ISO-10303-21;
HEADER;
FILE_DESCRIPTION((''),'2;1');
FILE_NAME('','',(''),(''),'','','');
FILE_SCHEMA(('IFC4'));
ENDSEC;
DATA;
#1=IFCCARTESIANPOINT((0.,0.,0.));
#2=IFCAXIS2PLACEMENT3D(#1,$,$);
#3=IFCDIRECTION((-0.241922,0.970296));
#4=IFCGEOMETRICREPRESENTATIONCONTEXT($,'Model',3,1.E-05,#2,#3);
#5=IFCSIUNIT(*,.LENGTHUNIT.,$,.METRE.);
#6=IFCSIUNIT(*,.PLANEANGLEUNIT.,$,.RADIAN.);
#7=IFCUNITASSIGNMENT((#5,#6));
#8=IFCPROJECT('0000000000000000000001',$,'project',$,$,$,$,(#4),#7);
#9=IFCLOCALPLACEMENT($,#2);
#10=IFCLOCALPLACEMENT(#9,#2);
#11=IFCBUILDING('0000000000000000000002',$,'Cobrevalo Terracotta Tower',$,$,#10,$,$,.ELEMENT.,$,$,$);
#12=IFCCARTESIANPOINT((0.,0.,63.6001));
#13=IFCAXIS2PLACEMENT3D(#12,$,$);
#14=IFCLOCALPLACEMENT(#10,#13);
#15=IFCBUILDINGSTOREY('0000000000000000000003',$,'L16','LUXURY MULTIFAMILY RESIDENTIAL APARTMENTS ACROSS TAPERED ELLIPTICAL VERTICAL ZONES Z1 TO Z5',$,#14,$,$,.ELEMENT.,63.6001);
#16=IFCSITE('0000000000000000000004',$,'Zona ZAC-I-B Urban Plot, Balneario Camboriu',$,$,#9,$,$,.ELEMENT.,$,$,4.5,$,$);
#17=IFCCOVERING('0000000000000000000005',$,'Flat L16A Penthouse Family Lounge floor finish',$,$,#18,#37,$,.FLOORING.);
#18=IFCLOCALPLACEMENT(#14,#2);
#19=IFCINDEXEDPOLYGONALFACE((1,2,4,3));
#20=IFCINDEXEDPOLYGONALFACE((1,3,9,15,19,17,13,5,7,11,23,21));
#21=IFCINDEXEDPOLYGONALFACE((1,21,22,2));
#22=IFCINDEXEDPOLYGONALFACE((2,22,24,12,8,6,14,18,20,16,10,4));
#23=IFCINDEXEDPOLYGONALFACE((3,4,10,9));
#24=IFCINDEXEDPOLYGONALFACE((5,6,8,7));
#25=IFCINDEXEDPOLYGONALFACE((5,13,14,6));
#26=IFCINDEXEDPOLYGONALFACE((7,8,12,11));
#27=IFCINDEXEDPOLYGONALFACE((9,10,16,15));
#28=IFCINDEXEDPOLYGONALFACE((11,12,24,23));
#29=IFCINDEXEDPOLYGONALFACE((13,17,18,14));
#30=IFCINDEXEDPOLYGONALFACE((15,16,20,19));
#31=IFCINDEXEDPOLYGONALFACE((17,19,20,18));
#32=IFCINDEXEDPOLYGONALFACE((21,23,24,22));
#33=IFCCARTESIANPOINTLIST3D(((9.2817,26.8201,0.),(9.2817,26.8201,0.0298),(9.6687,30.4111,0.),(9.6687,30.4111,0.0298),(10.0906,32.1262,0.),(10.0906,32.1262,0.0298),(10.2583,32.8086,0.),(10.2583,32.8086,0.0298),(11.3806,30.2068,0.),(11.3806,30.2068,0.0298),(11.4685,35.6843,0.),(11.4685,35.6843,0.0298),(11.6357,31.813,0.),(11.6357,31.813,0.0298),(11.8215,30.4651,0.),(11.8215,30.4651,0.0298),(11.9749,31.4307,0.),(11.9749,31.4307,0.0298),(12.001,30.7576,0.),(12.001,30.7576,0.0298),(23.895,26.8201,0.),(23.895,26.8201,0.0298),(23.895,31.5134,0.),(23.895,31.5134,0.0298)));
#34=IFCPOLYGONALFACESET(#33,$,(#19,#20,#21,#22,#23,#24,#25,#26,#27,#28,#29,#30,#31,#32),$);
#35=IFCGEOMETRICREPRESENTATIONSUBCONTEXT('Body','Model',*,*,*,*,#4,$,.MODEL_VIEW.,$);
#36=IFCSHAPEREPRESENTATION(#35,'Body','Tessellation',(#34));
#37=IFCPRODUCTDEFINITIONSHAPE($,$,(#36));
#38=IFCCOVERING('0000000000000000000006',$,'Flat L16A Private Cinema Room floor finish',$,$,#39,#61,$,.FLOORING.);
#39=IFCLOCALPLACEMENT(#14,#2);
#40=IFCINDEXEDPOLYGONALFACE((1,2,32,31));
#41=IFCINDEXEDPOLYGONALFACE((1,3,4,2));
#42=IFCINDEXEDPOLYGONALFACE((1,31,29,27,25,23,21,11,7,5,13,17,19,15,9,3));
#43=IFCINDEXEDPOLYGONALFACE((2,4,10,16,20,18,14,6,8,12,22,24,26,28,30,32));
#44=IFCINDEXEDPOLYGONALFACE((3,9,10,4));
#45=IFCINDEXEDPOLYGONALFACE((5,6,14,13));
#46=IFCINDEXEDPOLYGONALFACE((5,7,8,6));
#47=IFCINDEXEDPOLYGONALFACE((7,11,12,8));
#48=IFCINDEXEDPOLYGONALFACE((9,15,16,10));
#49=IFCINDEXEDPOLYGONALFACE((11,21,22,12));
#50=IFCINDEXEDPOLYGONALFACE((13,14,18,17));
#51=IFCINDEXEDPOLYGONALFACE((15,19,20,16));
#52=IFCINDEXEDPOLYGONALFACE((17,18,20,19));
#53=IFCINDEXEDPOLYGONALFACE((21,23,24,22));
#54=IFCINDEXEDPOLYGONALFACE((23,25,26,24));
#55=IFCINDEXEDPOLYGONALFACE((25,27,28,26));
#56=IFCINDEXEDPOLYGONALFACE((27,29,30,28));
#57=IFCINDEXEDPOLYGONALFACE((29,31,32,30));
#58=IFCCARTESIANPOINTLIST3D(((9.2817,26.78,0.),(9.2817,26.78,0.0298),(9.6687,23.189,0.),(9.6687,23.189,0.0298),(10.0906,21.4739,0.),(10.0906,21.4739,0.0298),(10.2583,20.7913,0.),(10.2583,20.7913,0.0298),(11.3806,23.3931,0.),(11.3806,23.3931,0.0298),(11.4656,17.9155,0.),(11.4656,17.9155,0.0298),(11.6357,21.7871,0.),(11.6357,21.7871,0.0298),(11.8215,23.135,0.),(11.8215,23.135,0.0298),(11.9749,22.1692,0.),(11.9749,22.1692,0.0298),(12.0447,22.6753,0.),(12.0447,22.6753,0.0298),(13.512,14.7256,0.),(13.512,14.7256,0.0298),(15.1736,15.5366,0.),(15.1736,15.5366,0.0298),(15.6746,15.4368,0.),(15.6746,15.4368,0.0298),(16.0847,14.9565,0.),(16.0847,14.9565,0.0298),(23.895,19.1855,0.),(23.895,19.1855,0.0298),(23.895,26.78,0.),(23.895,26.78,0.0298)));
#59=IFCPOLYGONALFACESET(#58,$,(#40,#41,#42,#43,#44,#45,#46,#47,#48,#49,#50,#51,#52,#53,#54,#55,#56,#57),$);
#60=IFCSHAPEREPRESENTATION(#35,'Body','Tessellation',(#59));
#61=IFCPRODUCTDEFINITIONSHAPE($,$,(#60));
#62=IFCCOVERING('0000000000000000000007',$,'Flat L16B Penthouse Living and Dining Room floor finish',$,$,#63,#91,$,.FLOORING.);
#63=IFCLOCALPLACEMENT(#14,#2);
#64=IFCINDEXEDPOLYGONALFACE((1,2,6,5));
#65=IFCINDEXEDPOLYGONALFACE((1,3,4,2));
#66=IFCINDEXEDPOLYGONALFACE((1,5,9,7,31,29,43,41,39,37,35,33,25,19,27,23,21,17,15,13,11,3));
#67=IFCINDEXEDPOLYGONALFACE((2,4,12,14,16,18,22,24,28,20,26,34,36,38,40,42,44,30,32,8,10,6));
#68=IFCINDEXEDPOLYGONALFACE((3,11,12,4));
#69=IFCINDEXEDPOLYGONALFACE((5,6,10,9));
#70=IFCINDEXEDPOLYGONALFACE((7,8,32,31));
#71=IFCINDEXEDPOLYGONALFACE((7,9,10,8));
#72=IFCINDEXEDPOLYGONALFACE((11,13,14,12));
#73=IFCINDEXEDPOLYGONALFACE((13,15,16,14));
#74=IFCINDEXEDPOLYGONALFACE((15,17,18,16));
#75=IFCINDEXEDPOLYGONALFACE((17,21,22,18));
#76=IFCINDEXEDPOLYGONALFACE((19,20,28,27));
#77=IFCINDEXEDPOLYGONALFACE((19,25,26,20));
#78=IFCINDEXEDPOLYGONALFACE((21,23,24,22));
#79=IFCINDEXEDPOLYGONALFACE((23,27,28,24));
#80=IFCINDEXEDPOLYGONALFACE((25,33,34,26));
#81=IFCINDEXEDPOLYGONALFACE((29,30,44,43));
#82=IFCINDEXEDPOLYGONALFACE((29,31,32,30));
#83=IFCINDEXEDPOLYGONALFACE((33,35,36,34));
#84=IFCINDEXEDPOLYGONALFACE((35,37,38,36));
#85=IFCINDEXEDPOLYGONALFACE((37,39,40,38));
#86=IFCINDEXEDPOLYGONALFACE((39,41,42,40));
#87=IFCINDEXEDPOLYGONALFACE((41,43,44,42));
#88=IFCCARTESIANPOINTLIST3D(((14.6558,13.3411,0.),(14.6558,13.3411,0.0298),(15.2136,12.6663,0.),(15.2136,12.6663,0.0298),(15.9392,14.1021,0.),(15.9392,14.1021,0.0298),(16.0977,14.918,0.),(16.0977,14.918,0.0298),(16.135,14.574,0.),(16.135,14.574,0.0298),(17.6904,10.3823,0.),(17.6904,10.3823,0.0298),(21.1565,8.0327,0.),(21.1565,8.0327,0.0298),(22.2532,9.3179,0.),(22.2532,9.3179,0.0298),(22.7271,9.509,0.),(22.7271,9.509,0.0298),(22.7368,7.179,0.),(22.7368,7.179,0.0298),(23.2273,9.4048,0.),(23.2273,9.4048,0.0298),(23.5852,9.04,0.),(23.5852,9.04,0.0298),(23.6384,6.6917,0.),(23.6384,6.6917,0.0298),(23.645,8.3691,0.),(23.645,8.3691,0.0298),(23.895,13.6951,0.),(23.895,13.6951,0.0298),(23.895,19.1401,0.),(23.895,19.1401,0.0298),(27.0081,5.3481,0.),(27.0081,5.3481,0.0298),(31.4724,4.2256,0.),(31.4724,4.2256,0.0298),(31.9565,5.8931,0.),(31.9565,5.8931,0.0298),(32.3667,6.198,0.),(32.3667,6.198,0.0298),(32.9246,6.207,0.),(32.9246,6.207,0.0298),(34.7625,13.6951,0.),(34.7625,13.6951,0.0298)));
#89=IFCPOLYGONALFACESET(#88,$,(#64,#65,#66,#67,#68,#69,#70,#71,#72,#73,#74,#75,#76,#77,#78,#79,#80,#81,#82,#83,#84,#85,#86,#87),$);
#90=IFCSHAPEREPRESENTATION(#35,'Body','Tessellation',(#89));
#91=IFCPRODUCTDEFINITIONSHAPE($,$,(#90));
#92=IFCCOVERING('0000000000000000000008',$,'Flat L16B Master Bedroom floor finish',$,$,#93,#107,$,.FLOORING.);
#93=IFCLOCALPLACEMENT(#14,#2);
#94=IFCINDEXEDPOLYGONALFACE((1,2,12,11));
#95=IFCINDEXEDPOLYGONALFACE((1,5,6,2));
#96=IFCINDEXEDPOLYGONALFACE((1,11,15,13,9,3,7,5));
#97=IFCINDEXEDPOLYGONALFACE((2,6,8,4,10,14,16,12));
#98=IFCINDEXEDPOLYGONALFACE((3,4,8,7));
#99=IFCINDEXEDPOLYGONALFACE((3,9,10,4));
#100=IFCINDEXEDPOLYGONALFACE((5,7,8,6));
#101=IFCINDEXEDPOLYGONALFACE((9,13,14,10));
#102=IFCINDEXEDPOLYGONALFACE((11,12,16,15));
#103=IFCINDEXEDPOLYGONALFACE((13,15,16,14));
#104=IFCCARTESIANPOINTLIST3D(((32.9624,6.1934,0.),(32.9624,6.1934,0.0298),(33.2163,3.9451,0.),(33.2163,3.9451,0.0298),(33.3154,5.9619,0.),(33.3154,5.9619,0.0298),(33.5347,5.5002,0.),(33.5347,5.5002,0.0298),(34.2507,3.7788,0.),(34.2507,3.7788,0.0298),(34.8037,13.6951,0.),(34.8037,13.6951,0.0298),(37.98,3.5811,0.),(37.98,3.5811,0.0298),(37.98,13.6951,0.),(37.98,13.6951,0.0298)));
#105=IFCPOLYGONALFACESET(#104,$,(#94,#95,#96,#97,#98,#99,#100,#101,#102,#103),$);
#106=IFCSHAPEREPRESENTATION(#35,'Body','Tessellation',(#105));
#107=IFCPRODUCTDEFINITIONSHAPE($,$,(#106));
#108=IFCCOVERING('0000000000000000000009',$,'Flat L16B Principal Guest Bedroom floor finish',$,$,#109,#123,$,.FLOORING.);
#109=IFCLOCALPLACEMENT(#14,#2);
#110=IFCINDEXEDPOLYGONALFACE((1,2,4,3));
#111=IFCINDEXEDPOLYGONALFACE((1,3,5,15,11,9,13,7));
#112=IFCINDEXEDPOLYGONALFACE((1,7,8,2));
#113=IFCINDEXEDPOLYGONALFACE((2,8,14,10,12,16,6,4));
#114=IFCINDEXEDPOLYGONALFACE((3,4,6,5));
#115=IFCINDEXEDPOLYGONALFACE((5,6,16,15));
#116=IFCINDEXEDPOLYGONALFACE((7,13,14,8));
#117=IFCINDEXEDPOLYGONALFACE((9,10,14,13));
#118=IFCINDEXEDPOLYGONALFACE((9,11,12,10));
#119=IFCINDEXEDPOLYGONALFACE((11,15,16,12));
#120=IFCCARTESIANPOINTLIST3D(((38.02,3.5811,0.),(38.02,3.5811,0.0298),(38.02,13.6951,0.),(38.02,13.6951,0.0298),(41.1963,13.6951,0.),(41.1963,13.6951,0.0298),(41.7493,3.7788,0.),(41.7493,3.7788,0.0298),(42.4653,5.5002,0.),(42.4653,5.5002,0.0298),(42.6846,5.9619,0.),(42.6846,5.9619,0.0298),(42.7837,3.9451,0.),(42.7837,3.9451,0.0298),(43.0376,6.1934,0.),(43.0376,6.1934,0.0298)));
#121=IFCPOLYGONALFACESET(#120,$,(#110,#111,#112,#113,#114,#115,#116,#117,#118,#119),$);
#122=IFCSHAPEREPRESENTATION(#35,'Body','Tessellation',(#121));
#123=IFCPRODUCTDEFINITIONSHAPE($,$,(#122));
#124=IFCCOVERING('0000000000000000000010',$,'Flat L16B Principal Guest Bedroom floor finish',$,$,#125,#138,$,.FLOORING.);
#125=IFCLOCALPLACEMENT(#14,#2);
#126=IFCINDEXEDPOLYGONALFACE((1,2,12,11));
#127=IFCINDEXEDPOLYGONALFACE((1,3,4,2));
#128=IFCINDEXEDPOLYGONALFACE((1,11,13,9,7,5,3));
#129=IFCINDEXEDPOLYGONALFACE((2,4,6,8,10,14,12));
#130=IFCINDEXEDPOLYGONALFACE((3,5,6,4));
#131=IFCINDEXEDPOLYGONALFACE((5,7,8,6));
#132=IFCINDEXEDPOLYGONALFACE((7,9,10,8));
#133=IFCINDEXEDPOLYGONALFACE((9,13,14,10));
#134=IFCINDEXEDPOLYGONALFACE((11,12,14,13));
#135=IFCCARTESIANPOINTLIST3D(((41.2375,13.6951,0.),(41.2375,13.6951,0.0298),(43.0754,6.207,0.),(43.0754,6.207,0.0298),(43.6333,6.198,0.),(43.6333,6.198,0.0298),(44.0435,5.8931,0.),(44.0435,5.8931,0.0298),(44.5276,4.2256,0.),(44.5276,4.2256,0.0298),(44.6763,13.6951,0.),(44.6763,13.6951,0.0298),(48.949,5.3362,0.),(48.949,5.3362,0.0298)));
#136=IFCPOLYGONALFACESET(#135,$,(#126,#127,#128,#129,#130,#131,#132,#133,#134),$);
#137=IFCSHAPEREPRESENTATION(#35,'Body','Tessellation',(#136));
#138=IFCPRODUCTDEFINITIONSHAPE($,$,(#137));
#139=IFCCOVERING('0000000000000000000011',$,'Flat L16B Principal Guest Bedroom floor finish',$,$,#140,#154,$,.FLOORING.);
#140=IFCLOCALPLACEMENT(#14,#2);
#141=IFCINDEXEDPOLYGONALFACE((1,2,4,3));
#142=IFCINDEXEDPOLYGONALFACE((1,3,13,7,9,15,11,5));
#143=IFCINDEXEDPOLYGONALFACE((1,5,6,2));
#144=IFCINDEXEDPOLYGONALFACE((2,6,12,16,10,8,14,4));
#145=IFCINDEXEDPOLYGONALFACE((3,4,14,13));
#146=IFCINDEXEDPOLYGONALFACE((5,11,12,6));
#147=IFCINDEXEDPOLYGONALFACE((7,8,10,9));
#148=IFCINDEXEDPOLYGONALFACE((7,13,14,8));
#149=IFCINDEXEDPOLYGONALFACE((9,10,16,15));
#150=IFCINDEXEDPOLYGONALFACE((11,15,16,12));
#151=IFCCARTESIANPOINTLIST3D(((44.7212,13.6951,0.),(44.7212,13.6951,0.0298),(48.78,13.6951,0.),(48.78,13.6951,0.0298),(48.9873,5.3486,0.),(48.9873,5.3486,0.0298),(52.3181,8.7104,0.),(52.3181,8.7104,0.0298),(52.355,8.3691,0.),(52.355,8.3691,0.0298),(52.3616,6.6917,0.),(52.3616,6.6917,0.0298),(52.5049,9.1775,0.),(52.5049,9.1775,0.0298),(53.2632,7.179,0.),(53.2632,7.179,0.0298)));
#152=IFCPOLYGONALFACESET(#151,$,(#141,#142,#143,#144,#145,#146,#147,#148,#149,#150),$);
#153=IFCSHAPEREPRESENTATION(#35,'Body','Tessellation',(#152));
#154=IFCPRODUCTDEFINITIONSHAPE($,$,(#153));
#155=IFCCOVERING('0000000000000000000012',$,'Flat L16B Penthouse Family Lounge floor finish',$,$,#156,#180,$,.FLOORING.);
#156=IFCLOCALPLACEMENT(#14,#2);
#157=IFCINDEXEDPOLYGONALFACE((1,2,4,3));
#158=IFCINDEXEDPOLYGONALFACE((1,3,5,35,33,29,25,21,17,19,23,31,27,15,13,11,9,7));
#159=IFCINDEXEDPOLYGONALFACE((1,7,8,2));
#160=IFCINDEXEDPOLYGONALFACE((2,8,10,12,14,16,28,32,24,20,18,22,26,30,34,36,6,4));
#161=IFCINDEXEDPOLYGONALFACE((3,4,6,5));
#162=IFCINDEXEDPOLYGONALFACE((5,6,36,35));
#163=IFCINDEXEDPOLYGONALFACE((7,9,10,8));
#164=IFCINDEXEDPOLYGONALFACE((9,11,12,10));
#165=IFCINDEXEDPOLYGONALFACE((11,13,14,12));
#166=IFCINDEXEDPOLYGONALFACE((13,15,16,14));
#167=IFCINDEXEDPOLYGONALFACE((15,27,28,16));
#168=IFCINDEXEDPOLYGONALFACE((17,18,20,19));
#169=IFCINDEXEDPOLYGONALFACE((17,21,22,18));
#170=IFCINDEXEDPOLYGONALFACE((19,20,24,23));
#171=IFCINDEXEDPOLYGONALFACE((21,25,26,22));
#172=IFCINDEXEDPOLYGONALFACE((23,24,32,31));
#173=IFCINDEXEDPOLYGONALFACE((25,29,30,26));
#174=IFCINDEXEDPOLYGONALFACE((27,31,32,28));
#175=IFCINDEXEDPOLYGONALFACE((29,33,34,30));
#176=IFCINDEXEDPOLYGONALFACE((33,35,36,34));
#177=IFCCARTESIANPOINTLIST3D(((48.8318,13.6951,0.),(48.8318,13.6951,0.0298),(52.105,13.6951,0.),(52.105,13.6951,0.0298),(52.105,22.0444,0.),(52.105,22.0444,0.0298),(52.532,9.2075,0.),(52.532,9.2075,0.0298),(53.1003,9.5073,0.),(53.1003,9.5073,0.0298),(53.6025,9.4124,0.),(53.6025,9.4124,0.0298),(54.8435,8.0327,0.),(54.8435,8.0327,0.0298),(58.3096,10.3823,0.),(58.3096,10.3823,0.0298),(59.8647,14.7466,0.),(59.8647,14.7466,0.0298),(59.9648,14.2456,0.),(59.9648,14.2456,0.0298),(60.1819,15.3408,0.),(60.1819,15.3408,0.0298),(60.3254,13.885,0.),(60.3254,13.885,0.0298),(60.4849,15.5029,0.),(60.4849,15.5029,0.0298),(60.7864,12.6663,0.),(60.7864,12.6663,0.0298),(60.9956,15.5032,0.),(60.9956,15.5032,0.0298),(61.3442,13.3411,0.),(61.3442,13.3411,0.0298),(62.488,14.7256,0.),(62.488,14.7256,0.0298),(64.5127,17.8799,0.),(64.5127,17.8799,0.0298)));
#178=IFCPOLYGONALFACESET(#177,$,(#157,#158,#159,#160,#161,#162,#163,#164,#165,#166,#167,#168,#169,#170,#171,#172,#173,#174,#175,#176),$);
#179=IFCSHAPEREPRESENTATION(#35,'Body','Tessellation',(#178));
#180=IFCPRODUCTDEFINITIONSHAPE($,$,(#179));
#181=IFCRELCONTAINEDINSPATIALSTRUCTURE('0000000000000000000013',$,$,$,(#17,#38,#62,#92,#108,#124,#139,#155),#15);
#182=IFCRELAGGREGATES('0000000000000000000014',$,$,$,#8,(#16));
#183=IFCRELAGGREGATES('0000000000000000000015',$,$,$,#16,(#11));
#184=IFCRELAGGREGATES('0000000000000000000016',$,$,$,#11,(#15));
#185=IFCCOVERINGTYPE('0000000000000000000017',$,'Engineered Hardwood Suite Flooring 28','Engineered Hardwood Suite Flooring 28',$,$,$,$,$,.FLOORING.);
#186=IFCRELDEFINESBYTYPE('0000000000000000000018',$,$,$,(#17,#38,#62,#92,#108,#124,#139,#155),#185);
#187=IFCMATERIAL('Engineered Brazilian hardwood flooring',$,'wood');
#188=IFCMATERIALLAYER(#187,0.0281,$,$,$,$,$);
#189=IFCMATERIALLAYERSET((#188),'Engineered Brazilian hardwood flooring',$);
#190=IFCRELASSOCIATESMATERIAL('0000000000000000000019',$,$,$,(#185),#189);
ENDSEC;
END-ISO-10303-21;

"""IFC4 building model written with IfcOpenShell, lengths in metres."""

from ifc_helpers import new_model, si_unit, direction, frame, origin, place, context, subcontext, project, spatial, polyline, outline, extrude, material, layer, layer_set, type_object, element, save


model = new_model("IFC4")

# Units and contexts
model_context = context("Model", 3, precision=1e-05, world=origin(), true_north=direction((-0.241922, 0.970296)))
body_context = subcontext(model_context, "Body", "Model", "MODEL_VIEW")
ifc_project = project(units=[si_unit("LENGTHUNIT", "METRE"), si_unit("PLANEANGLEUNIT", "RADIAN")], contexts=[model_context])

# Site, building, storey
site_placement = place(None, origin())
site = spatial("IfcSite", under=ifc_project, at=site_placement, Name="Zona ZAC-I-B Urban Plot, Balneario Camboriu", CompositionType="ELEMENT", RefElevation=4.5)
building_placement = place(site_placement, origin())
building = spatial("IfcBuilding", under=site, at=building_placement, Name="Cobrevalo Terracotta Tower", CompositionType="ELEMENT")
storey_placement = place(building_placement, frame((0.0, 0.0, 63.6001)))
storey = spatial("IfcBuildingStorey", under=building, at=storey_placement, Name="L16", Description="LUXURY MULTIFAMILY RESIDENTIAL APARTMENTS ACROSS TAPERED ELLIPTICAL VERTICAL ZONES Z1 TO Z5", CompositionType="ELEMENT", Elevation=63.6001)

# Coverings
ifc_material_1 = material(Name="Engineered Brazilian hardwood flooring", Category="wood")
ifc_layer_1 = layer(ifc_material_1, 0.0281)
ifc_layer_set_1 = layer_set([ifc_layer_1], Name="Engineered Brazilian hardwood flooring")
covering_type_1 = type_object("IfcCoveringType", Name="Engineered Hardwood Suite Flooring 28", Description="Engineered Hardwood Suite Flooring 28", PredefinedType="FLOORING", material=ifc_layer_set_1)
covering_1_placement = place(storey_placement, origin())
element("IfcCovering", 1, at=covering_1_placement, inside=storey, type_object=covering_type_1, Name="Flat L16A Penthouse Family Lounge floor finish", PredefinedType="FLOORING", context=body_context, shape_type="SweptSolid", body=[
    extrude(outline(polyline([(9.6687, 30.4111), (11.3806, 30.2068), (11.8215, 30.4651), (12.001, 30.7576), (11.9749, 31.4307), (11.6357, 31.813), (10.0906, 32.1262), (10.2583, 32.8086), (11.4685, 35.6843), (23.895, 31.5134), (23.895, 26.8201), (9.2817, 26.8201), (9.6687, 30.4111)])), origin(), (0.0, 0.0, 1.0), 0.0298),
])
covering_2_placement = place(storey_placement, origin())
element("IfcCovering", 2, at=covering_2_placement, inside=storey, type_object=covering_type_1, Name="Flat L16A Private Cinema Room floor finish", PredefinedType="FLOORING", context=body_context, shape_type="SweptSolid", body=[
    extrude(outline(polyline([(10.0906, 21.4739), (11.6357, 21.7871), (11.9749, 22.1692), (12.0447, 22.6753), (11.8215, 23.135), (11.3806, 23.3931), (9.6687, 23.189), (9.2817, 26.78), (23.895, 26.78), (23.895, 19.1855), (16.0847, 14.9565), (15.6746, 15.4368), (15.1736, 15.5366), (13.512, 14.7256), (11.4656, 17.9155), (10.2583, 20.7913), (10.0906, 21.4739)])), origin(), (0.0, 0.0, 1.0), 0.0298),
])
covering_3_placement = place(storey_placement, origin())
element("IfcCovering", 3, at=covering_3_placement, inside=storey, type_object=covering_type_1, Name="Flat L16B Penthouse Living and Dining Room floor finish", PredefinedType="FLOORING", context=body_context, shape_type="SweptSolid", body=[
    extrude(outline(polyline([(27.0081, 5.3481), (23.6384, 6.6917), (22.7368, 7.179), (23.645, 8.3691), (23.5852, 9.04), (23.2273, 9.4048), (22.7271, 9.509), (22.2532, 9.3179), (21.1565, 8.0327), (17.6904, 10.3823), (15.2136, 12.6663), (14.6558, 13.3411), (15.9392, 14.1021), (16.135, 14.574), (16.0977, 14.918), (23.895, 19.1401), (23.895, 13.6951), (34.7625, 13.6951), (32.9246, 6.207), (32.3667, 6.198), (31.9565, 5.8931), (31.4724, 4.2256), (27.0081, 5.3481)])), origin(), (0.0, 0.0, 1.0), 0.0298),
])
covering_4_placement = place(storey_placement, origin())
element("IfcCovering", 4, at=covering_4_placement, inside=storey, type_object=covering_type_1, Name="Flat L16B Master Bedroom floor finish", PredefinedType="FLOORING", context=body_context, shape_type="SweptSolid", body=[
    extrude(outline(polyline([(33.2163, 3.9451), (33.5347, 5.5002), (33.3154, 5.9619), (32.9624, 6.1934), (34.8037, 13.6951), (37.98, 13.6951), (37.98, 3.5811), (34.2507, 3.7788), (33.2163, 3.9451)])), origin(), (0.0, 0.0, 1.0), 0.0298),
])
covering_5_placement = place(storey_placement, origin())
element("IfcCovering", 5, at=covering_5_placement, inside=storey, type_object=covering_type_1, Name="Flat L16B Principal Guest Bedroom floor finish", PredefinedType="FLOORING", context=body_context, shape_type="SweptSolid", body=[
    extrude(outline(polyline([(38.02, 3.5811), (38.02, 13.6951), (41.1963, 13.6951), (43.0376, 6.1934), (42.6846, 5.9619), (42.4653, 5.5002), (42.7837, 3.9451), (41.7493, 3.7788), (38.02, 3.5811)])), origin(), (0.0, 0.0, 1.0), 0.0298),
])
covering_6_placement = place(storey_placement, origin())
element("IfcCovering", 6, at=covering_6_placement, inside=storey, type_object=covering_type_1, Name="Flat L16B Principal Guest Bedroom floor finish", PredefinedType="FLOORING", context=body_context, shape_type="SweptSolid", body=[
    extrude(outline(polyline([(44.5276, 4.2256), (44.0435, 5.8931), (43.6333, 6.198), (43.0754, 6.207), (41.2375, 13.6951), (44.6763, 13.6951), (48.949, 5.3362), (44.5276, 4.2256)])), origin(), (0.0, 0.0, 1.0), 0.0298),
])
covering_7_placement = place(storey_placement, origin())
element("IfcCovering", 7, at=covering_7_placement, inside=storey, type_object=covering_type_1, Name="Flat L16B Principal Guest Bedroom floor finish", PredefinedType="FLOORING", context=body_context, shape_type="SweptSolid", body=[
    extrude(outline(polyline([(48.9873, 5.3486), (44.7212, 13.6951), (48.78, 13.6951), (52.5049, 9.1775), (52.3181, 8.7104), (52.355, 8.3691), (53.2632, 7.179), (52.3616, 6.6917), (48.9873, 5.3486)])), origin(), (0.0, 0.0, 1.0), 0.0298),
])
covering_8_placement = place(storey_placement, origin())
element("IfcCovering", 8, at=covering_8_placement, inside=storey, type_object=covering_type_1, Name="Flat L16B Penthouse Family Lounge floor finish", PredefinedType="FLOORING", context=body_context, shape_type="SweptSolid", body=[
    extrude(outline(polyline([(62.488, 14.7256), (60.9956, 15.5032), (60.4849, 15.5029), (60.1819, 15.3408), (59.8647, 14.7466), (59.9648, 14.2456), (60.3254, 13.885), (61.3442, 13.3411), (60.7864, 12.6663), (58.3096, 10.3823), (54.8435, 8.0327), (53.6025, 9.4124), (53.1003, 9.5073), (52.532, 9.2075), (48.8318, 13.6951), (52.105, 13.6951), (52.105, 22.0444), (64.5127, 17.8799), (62.488, 14.7256)])), origin(), (0.0, 0.0, 1.0), 0.0298),
])

save(model, "model.ifc")
